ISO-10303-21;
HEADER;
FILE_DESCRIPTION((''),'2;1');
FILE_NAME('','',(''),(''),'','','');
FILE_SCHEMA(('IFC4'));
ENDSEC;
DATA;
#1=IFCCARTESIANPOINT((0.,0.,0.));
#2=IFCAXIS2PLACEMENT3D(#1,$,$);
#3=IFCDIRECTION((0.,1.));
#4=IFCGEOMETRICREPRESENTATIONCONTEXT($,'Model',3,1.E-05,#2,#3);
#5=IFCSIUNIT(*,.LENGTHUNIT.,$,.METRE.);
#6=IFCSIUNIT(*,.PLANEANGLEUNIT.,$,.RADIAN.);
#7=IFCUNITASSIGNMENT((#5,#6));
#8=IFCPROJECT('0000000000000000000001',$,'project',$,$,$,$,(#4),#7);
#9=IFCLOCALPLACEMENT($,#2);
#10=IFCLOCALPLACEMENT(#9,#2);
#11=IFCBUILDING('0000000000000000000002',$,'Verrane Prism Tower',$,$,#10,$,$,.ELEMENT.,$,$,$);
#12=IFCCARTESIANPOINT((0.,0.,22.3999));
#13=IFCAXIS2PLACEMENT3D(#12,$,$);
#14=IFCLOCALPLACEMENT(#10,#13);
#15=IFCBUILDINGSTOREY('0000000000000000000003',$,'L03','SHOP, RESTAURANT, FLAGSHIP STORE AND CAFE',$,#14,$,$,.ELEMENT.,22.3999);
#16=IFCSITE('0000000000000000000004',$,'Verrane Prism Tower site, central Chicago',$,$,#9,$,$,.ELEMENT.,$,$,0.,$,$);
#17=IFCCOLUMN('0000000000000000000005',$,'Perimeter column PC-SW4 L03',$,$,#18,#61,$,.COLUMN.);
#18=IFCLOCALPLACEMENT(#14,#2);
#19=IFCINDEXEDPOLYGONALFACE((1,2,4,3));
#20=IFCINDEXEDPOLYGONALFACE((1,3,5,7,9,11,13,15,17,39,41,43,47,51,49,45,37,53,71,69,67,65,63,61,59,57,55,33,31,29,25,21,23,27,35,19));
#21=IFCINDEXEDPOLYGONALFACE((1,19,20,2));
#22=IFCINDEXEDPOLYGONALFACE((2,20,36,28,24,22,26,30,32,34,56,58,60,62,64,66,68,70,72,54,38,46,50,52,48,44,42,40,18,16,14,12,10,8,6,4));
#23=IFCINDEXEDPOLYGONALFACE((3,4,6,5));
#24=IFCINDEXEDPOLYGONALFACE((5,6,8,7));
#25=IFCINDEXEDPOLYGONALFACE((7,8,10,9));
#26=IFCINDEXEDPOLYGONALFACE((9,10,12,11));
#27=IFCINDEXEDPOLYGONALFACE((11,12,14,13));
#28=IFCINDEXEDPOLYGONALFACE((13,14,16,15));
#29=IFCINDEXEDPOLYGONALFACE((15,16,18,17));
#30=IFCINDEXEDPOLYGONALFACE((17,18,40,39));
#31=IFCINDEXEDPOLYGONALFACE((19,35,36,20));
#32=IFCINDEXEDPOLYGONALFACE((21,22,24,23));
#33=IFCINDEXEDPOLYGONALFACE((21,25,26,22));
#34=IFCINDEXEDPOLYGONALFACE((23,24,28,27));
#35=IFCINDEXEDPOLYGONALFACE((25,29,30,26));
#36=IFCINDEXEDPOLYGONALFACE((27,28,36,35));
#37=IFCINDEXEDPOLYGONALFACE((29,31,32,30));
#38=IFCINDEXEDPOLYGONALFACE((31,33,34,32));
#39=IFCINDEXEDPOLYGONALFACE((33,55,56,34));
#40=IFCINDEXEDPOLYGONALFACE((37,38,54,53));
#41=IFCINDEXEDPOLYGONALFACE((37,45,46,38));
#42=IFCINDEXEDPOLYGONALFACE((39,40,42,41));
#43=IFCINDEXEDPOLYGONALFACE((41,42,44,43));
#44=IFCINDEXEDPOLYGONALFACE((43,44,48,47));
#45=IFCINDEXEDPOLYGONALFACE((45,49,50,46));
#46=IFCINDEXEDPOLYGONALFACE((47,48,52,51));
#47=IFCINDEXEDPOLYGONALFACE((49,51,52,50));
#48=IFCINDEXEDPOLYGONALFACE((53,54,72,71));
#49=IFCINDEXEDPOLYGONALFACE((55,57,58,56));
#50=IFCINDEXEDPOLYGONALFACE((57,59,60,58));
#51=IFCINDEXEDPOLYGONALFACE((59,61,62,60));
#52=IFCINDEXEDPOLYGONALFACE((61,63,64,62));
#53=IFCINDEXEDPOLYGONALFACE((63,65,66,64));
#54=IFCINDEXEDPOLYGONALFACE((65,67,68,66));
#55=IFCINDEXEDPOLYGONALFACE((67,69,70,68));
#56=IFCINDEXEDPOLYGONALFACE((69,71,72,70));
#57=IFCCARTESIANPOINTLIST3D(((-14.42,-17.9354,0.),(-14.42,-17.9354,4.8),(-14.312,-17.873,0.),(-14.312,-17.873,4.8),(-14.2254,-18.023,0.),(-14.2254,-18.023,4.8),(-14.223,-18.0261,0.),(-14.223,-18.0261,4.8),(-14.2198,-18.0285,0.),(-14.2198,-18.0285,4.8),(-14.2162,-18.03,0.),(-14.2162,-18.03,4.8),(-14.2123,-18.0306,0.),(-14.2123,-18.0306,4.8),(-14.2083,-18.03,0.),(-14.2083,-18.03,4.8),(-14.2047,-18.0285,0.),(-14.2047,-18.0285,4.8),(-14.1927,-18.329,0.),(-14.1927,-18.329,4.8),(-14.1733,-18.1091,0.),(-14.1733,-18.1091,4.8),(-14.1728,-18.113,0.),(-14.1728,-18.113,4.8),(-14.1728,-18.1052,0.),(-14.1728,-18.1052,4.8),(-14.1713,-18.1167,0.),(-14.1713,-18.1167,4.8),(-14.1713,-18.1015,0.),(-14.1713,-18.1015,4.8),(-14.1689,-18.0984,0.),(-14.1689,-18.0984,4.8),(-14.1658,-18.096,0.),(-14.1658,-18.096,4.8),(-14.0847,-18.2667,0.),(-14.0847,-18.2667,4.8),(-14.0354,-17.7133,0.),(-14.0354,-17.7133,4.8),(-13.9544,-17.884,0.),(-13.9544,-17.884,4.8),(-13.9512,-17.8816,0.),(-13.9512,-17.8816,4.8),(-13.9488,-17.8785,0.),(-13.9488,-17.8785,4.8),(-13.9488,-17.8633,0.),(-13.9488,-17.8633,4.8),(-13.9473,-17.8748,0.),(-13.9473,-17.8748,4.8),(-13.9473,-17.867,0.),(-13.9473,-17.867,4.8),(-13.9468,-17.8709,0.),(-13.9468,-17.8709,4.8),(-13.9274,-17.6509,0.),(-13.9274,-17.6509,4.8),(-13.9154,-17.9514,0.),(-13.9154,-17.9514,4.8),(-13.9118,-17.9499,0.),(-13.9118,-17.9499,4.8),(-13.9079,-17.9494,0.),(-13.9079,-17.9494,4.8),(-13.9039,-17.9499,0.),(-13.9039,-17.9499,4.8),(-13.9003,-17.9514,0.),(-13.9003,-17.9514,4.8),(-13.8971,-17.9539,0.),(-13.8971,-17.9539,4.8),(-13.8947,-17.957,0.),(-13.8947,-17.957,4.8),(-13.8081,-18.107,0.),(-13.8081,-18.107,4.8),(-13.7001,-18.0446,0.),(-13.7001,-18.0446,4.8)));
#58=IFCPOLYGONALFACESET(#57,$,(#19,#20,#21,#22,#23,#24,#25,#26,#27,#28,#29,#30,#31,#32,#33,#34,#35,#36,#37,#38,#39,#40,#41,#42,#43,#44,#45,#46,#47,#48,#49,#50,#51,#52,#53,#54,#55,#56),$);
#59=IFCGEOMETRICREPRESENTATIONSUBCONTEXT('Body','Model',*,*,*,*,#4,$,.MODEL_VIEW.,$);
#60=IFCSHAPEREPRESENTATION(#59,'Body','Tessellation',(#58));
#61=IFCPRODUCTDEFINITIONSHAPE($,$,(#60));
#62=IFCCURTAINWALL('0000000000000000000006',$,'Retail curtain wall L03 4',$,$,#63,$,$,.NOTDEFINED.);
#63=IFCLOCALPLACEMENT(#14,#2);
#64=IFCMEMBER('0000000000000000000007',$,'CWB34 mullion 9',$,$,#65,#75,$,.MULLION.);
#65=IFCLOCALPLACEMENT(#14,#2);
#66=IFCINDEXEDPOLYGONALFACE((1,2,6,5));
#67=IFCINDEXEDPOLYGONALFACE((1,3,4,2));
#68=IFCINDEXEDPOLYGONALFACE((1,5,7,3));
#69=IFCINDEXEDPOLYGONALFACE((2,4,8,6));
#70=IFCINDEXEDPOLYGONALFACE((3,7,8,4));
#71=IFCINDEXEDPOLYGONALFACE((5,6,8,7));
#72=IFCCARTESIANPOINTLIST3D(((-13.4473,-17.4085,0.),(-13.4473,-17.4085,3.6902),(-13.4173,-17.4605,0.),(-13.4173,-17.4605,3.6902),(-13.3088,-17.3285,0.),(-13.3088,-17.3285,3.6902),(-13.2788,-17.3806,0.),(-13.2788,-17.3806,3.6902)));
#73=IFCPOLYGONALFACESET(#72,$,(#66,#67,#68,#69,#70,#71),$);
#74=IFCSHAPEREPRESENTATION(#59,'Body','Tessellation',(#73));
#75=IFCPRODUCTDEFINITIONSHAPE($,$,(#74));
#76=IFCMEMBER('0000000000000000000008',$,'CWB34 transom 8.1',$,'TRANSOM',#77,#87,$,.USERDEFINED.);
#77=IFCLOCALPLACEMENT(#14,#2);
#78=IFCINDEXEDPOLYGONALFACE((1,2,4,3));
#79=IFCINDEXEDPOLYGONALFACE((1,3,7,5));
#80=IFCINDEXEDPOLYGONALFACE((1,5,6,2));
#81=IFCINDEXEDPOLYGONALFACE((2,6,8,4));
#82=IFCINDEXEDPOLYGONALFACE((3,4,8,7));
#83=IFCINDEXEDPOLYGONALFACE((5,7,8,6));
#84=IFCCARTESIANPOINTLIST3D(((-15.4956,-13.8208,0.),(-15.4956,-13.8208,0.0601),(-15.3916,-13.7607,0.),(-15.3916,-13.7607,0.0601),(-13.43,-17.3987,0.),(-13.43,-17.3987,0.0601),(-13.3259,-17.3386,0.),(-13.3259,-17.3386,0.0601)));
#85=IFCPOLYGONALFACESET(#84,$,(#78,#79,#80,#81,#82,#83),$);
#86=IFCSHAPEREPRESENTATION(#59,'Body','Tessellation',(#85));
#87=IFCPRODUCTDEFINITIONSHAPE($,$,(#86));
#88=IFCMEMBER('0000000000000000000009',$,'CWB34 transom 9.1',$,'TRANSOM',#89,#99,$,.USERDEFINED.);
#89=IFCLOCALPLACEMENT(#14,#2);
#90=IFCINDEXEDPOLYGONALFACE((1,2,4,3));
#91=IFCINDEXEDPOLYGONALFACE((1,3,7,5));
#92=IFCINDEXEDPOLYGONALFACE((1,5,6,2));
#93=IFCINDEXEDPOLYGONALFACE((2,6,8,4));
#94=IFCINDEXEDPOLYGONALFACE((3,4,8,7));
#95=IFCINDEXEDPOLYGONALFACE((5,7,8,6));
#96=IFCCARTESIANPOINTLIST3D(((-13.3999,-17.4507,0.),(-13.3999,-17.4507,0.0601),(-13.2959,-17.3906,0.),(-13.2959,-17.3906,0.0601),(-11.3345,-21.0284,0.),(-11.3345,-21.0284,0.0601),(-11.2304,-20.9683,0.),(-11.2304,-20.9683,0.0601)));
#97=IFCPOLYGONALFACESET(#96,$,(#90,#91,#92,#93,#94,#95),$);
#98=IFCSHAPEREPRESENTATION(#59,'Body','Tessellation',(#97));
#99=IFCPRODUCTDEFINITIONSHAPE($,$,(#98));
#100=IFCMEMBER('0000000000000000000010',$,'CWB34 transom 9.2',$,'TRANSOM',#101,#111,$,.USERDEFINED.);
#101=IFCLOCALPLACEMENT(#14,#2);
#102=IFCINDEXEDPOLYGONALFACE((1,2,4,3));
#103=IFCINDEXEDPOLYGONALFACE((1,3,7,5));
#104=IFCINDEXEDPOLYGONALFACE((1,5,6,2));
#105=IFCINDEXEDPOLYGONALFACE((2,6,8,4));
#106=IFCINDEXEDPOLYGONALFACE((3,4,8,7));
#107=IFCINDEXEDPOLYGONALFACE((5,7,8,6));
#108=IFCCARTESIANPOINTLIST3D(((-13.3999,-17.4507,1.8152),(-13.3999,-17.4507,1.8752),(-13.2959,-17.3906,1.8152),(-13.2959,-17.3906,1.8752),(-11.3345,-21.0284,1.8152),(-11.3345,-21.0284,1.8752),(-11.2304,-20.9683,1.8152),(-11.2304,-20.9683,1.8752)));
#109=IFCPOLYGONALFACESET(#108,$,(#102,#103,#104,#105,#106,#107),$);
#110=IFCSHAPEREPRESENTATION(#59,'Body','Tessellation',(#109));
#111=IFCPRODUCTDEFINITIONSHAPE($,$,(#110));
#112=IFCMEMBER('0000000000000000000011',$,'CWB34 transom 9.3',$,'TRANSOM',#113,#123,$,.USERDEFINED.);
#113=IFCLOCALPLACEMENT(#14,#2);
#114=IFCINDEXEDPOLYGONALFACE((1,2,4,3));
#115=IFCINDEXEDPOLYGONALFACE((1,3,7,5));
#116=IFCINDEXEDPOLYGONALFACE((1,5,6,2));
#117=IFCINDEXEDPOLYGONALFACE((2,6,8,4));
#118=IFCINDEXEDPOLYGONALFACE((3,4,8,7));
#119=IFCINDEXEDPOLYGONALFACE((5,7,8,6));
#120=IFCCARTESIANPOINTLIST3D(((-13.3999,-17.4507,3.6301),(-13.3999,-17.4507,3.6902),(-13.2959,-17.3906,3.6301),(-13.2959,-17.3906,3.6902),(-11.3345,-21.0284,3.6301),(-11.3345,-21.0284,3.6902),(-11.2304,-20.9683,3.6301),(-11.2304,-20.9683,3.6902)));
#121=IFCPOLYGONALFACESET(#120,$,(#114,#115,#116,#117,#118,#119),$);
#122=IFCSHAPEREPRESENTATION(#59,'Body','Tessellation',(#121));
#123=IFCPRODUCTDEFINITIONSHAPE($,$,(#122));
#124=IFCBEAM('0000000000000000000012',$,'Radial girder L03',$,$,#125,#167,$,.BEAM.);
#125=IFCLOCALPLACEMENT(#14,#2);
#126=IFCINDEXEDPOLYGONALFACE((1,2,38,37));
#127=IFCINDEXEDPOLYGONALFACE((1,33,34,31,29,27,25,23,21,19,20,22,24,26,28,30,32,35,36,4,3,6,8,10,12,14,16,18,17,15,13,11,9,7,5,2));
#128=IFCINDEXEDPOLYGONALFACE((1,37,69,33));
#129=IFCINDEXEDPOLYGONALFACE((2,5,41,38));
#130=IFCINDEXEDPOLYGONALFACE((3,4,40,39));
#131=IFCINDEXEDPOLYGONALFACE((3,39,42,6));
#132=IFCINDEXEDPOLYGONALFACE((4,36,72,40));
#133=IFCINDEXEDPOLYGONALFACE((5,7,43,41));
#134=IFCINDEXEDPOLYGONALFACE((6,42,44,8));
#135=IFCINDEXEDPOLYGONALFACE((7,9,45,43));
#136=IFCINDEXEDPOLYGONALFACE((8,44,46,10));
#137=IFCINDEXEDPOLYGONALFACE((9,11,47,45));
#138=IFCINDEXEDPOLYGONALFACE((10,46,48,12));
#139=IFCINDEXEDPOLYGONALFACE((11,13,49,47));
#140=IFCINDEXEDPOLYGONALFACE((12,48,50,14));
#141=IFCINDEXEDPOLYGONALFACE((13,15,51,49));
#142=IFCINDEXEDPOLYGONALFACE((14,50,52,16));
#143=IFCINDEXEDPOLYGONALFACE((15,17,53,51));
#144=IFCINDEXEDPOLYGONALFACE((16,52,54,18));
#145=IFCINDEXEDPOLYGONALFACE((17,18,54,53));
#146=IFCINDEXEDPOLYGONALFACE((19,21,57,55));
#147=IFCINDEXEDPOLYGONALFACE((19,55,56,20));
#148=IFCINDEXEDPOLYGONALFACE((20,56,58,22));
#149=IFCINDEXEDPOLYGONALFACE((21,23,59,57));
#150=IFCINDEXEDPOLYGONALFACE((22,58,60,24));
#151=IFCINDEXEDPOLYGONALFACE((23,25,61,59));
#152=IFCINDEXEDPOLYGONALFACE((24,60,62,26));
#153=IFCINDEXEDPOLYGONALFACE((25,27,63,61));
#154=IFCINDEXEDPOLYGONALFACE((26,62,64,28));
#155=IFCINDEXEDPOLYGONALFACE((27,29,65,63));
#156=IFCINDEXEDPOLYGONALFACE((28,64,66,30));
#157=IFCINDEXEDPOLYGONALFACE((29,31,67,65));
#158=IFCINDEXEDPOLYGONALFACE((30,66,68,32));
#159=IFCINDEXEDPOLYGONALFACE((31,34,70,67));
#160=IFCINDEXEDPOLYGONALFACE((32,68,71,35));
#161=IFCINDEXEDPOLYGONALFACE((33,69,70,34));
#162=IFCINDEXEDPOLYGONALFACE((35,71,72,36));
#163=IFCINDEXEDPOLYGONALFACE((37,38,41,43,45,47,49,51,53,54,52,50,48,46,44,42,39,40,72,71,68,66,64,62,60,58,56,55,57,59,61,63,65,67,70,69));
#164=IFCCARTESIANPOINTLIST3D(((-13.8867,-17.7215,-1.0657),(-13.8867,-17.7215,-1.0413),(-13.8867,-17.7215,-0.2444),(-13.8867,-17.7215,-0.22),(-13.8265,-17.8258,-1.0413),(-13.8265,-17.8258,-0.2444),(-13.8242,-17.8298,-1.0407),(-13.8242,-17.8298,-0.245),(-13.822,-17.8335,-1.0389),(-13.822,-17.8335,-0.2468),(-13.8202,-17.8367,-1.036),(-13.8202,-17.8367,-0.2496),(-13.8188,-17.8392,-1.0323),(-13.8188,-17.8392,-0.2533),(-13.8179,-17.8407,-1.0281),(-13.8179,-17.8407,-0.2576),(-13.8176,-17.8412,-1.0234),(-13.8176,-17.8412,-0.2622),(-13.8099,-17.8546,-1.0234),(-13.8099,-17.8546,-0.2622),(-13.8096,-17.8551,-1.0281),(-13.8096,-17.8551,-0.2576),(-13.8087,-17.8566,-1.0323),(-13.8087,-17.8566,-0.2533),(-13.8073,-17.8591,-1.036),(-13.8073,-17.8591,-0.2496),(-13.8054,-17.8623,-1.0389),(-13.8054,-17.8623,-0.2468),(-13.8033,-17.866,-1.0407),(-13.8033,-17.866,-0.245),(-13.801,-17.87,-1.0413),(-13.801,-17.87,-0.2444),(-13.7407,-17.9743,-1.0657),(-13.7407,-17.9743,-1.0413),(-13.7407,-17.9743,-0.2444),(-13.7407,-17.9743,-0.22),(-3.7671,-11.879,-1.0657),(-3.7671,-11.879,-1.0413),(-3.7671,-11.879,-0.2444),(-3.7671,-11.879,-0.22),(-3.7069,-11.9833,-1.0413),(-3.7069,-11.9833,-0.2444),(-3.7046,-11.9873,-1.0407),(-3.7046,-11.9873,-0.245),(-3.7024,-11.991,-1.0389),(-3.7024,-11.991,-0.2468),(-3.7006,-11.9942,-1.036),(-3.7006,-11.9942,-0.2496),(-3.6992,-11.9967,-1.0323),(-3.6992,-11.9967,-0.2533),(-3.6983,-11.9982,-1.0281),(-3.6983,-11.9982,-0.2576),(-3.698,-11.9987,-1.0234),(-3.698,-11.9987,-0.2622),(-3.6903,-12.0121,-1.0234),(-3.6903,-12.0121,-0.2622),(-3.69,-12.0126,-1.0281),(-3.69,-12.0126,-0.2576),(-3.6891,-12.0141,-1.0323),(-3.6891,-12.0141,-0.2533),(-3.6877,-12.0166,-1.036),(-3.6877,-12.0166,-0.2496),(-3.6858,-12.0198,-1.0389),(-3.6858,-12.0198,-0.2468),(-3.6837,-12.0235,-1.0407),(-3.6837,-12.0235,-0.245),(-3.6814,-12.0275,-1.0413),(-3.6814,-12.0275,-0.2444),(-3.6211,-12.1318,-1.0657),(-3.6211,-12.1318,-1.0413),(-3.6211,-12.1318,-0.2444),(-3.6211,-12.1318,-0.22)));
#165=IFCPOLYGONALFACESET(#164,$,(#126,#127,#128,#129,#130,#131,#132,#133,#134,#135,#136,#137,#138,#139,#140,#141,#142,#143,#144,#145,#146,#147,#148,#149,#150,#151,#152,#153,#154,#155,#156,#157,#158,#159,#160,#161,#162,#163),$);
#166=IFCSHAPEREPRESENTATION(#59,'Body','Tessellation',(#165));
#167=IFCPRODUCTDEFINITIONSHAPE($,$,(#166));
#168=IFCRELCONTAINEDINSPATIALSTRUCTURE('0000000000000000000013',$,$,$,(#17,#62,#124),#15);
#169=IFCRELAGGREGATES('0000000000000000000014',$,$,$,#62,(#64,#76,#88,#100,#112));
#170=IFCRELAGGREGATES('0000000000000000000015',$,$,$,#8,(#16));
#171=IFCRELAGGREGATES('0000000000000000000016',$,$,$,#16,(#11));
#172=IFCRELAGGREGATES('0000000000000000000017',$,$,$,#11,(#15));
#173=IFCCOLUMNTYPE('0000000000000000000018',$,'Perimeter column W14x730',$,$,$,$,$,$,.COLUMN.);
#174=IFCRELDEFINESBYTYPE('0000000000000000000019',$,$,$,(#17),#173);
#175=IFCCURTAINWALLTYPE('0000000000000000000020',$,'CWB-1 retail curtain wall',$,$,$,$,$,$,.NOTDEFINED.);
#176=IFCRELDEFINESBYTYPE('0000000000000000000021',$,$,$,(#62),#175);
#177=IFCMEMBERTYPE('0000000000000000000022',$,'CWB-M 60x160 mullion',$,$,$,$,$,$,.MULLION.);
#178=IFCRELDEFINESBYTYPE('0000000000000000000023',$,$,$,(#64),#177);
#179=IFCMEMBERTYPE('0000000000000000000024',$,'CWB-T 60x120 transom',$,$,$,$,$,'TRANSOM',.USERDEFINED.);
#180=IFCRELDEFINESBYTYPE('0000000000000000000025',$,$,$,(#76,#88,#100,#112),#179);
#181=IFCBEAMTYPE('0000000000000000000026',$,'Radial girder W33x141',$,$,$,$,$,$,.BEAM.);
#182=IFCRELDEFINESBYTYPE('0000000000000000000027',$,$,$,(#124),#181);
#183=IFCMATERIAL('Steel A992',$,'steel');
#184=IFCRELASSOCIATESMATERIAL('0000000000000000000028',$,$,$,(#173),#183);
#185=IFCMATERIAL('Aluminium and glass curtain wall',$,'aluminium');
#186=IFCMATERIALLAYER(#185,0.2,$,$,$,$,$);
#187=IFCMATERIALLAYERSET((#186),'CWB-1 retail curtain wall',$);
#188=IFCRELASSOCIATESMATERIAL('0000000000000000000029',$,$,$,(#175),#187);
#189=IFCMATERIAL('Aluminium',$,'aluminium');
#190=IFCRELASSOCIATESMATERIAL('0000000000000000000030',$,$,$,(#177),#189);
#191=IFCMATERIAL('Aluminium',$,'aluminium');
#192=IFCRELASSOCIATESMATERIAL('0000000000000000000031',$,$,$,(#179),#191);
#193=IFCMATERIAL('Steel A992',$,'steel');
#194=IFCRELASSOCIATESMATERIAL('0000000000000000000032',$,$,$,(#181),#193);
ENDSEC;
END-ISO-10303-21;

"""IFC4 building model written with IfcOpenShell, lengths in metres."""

from ifc_helpers import new_model, si_unit, direction, frame, origin, origin_2d, place, context, subcontext, project, spatial, rectangle, i_section, extrude, material, layer, layer_set, material_profile, profile_set, type_object, element, aggregate, save


model = new_model("IFC4")

# Units and contexts
model_context = context("Model", 3, precision=1e-05, world=origin(), true_north=direction((0.0, 1.0)))
body_context = subcontext(model_context, "Body", "Model", "MODEL_VIEW")
ifc_project = project(units=[si_unit("LENGTHUNIT", "METRE"), si_unit("PLANEANGLEUNIT", "RADIAN")], contexts=[model_context])

# Site, building, storey
site_placement = place(None, origin())
site = spatial("IfcSite", under=ifc_project, at=site_placement, Name="Verrane Prism Tower site, central Chicago", CompositionType="ELEMENT", RefElevation=0.0)
building_placement = place(site_placement, origin())
building = spatial("IfcBuilding", under=site, at=building_placement, Name="Verrane Prism Tower", CompositionType="ELEMENT")
storey_placement = place(building_placement, frame((0.0, 0.0, 22.3999)))
storey = spatial("IfcBuildingStorey", under=building, at=storey_placement, Name="L03", Description="SHOP, RESTAURANT, FLAGSHIP STORE AND CAFE", CompositionType="ELEMENT", Elevation=22.3999)

# Column
ifc_material_1 = material(Name="Steel A992", Category="steel")
ifc_material_profile_1 = material_profile(ifc_material_1, i_section(OverallWidth=0.4546, OverallDepth=0.5688, WebThickness=0.0779, FlangeThickness=0.1248, FilletRadius=0.0151, at=origin_2d()), Name="W14x730")
ifc_profile_set_1 = profile_set([ifc_material_profile_1], Name="Steel A992")
column_type = type_object("IfcColumnType", Name="Perimeter column W14x730", PredefinedType="COLUMN", material=ifc_profile_set_1)
column_placement = place(storey_placement, frame((-14.0601, -17.99, 0.0), z_axis=(0.0, 0.0, 1.0), x_axis=(-0.5, 0.866025, 0.0)))
element("IfcColumn", 1, at=column_placement, inside=storey, type_object=column_type, Name="Perimeter column PC-SW4 L03", PredefinedType="COLUMN", context=body_context, shape_type="SweptSolid", body=[
    extrude(i_section(OverallWidth=0.4546, OverallDepth=0.5688, WebThickness=0.0779, FlangeThickness=0.1248, FilletRadius=0.0151, at=origin_2d()), origin(), (0.0, 0.0, 1.0), 4.8),
])

# Curtain wall, members
ifc_material_2 = material(Name="Aluminium and glass curtain wall", Category="aluminium")
ifc_layer_1 = layer(ifc_material_2, 0.2)
ifc_layer_set_1 = layer_set([ifc_layer_1], Name="CWB-1 retail curtain wall")
curtain_wall_type = type_object("IfcCurtainWallType", Name="CWB-1 retail curtain wall", PredefinedType="NOTDEFINED", material=ifc_layer_set_1)
curtain_wall_placement = place(storey_placement, origin())
curtain_wall = element("IfcCurtainWall", 2, at=curtain_wall_placement, inside=storey, type_object=curtain_wall_type, Name="Retail curtain wall L03 4", PredefinedType="NOTDEFINED")
ifc_material_3 = material(Name="Aluminium", Category="aluminium")
ifc_material_profile_2 = material_profile(ifc_material_3, rectangle(XDim=0.1599, YDim=0.0601, at=origin_2d()), Name="CWB-M 60x160 mullion")
ifc_profile_set_2 = profile_set([ifc_material_profile_2], Name="Aluminium")
member_type_1 = type_object("IfcMemberType", Name="CWB-M 60x160 mullion", PredefinedType="MULLION", material=ifc_profile_set_2)
member_1_placement = place(storey_placement, frame((-13.363, -17.3945, 0.0), z_axis=(0.0, 0.0, 1.0), x_axis=(0.866025, 0.5, 0.0)))
member_1 = element("IfcMember", 3, at=member_1_placement, type_object=member_type_1, Name="CWB34 mullion 9", PredefinedType="MULLION", context=body_context, shape_type="SweptSolid", body=[
    extrude(rectangle(XDim=0.1599, YDim=0.0601, at=origin_2d()), origin(), (0.0, 0.0, 1.0), 3.6902),
])
ifc_material_4 = material(Name="Aluminium", Category="aluminium")
ifc_material_profile_3 = material_profile(ifc_material_4, rectangle(XDim=0.1201, YDim=0.0601, at=origin_2d()), Name="CWB-T 60x120 transom")
ifc_profile_set_3 = profile_set([ifc_material_profile_3], Name="Aluminium")
member_type_2 = type_object("IfcMemberType", Name="CWB-T 60x120 transom", ElementType="TRANSOM", PredefinedType="USERDEFINED", material=ifc_profile_set_3)
member_2_placement = place(storey_placement, frame((-15.4436, -13.7908, 0.03), z_axis=(0.499997, -0.866027, 0.0), x_axis=(0.866027, 0.499997, 0.0)))
member_2 = element("IfcMember", 4, at=member_2_placement, type_object=member_type_2, Name="CWB34 transom 8.1", ObjectType="TRANSOM", PredefinedType="USERDEFINED", context=body_context, shape_type="SweptSolid", body=[
    extrude(rectangle(XDim=0.1201, YDim=0.0601, at=origin_2d()), origin(), (0.0, 0.0, 1.0), 4.1313),
])
member_3_placement = place(storey_placement, frame((-13.3479, -17.4207, 0.03), z_axis=(0.499978, -0.866038, 0.0), x_axis=(0.866038, 0.499978, 0.0)))
member_3 = element("IfcMember", 5, at=member_3_placement, type_object=member_type_2, Name="CWB34 transom 9.1", ObjectType="TRANSOM", PredefinedType="USERDEFINED", context=body_context, shape_type="SweptSolid", body=[
    extrude(rectangle(XDim=0.1201, YDim=0.0601, at=origin_2d()), origin(), (0.0, 0.0, 1.0), 4.1311),
])
member_4_placement = place(storey_placement, frame((-13.3479, -17.4207, 1.8452), z_axis=(0.499978, -0.866038, 0.0), x_axis=(0.866038, 0.499978, 0.0)))
member_4 = element("IfcMember", 6, at=member_4_placement, type_object=member_type_2, Name="CWB34 transom 9.2", ObjectType="TRANSOM", PredefinedType="USERDEFINED", context=body_context, shape_type="SweptSolid", body=[
    extrude(rectangle(XDim=0.1201, YDim=0.0601, at=origin_2d()), origin(), (0.0, 0.0, 1.0), 4.1311),
])
member_5_placement = place(storey_placement, frame((-13.3479, -17.4207, 3.6602), z_axis=(0.499978, -0.866038, 0.0), x_axis=(0.866038, 0.499978, 0.0)))
member_5 = element("IfcMember", 7, at=member_5_placement, type_object=member_type_2, Name="CWB34 transom 9.3", ObjectType="TRANSOM", PredefinedType="USERDEFINED", context=body_context, shape_type="SweptSolid", body=[
    extrude(rectangle(XDim=0.1201, YDim=0.0601, at=origin_2d()), origin(), (0.0, 0.0, 1.0), 4.1311),
])

# Beam
ifc_material_5 = material(Name="Steel A992", Category="steel")
ifc_material_profile_4 = material_profile(ifc_material_5, i_section(OverallWidth=0.292, OverallDepth=0.8457, WebThickness=0.0154, FlangeThickness=0.0244, FilletRadius=0.0178, at=origin_2d()), Name="W33x141")
ifc_profile_set_4 = profile_set([ifc_material_profile_4], Name="Steel A992")
beam_type_1 = type_object("IfcBeamType", Name="Radial girder W33x141", PredefinedType="BEAM", material=ifc_profile_set_4)
beam_1_placement = place(storey_placement, frame((-13.8137, -17.8479, -0.6428), z_axis=(0.866027, 0.499997, 0.0), x_axis=(-0.499997, 0.866027, 0.0)))
element("IfcBeam", 8, at=beam_1_placement, inside=storey, type_object=beam_type_1, Name="Radial girder L03", PredefinedType="BEAM", context=body_context, shape_type="SweptSolid", body=[
    extrude(i_section(OverallWidth=0.292, OverallDepth=0.8457, WebThickness=0.0154, FlangeThickness=0.0244, FilletRadius=0.0178, at=origin_2d()), origin(), (0.0, 0.0, 1.0), 11.6851),
])

aggregate(curtain_wall, [member_1, member_2, member_3, member_4, member_5])

save(model, "model.ifc")
